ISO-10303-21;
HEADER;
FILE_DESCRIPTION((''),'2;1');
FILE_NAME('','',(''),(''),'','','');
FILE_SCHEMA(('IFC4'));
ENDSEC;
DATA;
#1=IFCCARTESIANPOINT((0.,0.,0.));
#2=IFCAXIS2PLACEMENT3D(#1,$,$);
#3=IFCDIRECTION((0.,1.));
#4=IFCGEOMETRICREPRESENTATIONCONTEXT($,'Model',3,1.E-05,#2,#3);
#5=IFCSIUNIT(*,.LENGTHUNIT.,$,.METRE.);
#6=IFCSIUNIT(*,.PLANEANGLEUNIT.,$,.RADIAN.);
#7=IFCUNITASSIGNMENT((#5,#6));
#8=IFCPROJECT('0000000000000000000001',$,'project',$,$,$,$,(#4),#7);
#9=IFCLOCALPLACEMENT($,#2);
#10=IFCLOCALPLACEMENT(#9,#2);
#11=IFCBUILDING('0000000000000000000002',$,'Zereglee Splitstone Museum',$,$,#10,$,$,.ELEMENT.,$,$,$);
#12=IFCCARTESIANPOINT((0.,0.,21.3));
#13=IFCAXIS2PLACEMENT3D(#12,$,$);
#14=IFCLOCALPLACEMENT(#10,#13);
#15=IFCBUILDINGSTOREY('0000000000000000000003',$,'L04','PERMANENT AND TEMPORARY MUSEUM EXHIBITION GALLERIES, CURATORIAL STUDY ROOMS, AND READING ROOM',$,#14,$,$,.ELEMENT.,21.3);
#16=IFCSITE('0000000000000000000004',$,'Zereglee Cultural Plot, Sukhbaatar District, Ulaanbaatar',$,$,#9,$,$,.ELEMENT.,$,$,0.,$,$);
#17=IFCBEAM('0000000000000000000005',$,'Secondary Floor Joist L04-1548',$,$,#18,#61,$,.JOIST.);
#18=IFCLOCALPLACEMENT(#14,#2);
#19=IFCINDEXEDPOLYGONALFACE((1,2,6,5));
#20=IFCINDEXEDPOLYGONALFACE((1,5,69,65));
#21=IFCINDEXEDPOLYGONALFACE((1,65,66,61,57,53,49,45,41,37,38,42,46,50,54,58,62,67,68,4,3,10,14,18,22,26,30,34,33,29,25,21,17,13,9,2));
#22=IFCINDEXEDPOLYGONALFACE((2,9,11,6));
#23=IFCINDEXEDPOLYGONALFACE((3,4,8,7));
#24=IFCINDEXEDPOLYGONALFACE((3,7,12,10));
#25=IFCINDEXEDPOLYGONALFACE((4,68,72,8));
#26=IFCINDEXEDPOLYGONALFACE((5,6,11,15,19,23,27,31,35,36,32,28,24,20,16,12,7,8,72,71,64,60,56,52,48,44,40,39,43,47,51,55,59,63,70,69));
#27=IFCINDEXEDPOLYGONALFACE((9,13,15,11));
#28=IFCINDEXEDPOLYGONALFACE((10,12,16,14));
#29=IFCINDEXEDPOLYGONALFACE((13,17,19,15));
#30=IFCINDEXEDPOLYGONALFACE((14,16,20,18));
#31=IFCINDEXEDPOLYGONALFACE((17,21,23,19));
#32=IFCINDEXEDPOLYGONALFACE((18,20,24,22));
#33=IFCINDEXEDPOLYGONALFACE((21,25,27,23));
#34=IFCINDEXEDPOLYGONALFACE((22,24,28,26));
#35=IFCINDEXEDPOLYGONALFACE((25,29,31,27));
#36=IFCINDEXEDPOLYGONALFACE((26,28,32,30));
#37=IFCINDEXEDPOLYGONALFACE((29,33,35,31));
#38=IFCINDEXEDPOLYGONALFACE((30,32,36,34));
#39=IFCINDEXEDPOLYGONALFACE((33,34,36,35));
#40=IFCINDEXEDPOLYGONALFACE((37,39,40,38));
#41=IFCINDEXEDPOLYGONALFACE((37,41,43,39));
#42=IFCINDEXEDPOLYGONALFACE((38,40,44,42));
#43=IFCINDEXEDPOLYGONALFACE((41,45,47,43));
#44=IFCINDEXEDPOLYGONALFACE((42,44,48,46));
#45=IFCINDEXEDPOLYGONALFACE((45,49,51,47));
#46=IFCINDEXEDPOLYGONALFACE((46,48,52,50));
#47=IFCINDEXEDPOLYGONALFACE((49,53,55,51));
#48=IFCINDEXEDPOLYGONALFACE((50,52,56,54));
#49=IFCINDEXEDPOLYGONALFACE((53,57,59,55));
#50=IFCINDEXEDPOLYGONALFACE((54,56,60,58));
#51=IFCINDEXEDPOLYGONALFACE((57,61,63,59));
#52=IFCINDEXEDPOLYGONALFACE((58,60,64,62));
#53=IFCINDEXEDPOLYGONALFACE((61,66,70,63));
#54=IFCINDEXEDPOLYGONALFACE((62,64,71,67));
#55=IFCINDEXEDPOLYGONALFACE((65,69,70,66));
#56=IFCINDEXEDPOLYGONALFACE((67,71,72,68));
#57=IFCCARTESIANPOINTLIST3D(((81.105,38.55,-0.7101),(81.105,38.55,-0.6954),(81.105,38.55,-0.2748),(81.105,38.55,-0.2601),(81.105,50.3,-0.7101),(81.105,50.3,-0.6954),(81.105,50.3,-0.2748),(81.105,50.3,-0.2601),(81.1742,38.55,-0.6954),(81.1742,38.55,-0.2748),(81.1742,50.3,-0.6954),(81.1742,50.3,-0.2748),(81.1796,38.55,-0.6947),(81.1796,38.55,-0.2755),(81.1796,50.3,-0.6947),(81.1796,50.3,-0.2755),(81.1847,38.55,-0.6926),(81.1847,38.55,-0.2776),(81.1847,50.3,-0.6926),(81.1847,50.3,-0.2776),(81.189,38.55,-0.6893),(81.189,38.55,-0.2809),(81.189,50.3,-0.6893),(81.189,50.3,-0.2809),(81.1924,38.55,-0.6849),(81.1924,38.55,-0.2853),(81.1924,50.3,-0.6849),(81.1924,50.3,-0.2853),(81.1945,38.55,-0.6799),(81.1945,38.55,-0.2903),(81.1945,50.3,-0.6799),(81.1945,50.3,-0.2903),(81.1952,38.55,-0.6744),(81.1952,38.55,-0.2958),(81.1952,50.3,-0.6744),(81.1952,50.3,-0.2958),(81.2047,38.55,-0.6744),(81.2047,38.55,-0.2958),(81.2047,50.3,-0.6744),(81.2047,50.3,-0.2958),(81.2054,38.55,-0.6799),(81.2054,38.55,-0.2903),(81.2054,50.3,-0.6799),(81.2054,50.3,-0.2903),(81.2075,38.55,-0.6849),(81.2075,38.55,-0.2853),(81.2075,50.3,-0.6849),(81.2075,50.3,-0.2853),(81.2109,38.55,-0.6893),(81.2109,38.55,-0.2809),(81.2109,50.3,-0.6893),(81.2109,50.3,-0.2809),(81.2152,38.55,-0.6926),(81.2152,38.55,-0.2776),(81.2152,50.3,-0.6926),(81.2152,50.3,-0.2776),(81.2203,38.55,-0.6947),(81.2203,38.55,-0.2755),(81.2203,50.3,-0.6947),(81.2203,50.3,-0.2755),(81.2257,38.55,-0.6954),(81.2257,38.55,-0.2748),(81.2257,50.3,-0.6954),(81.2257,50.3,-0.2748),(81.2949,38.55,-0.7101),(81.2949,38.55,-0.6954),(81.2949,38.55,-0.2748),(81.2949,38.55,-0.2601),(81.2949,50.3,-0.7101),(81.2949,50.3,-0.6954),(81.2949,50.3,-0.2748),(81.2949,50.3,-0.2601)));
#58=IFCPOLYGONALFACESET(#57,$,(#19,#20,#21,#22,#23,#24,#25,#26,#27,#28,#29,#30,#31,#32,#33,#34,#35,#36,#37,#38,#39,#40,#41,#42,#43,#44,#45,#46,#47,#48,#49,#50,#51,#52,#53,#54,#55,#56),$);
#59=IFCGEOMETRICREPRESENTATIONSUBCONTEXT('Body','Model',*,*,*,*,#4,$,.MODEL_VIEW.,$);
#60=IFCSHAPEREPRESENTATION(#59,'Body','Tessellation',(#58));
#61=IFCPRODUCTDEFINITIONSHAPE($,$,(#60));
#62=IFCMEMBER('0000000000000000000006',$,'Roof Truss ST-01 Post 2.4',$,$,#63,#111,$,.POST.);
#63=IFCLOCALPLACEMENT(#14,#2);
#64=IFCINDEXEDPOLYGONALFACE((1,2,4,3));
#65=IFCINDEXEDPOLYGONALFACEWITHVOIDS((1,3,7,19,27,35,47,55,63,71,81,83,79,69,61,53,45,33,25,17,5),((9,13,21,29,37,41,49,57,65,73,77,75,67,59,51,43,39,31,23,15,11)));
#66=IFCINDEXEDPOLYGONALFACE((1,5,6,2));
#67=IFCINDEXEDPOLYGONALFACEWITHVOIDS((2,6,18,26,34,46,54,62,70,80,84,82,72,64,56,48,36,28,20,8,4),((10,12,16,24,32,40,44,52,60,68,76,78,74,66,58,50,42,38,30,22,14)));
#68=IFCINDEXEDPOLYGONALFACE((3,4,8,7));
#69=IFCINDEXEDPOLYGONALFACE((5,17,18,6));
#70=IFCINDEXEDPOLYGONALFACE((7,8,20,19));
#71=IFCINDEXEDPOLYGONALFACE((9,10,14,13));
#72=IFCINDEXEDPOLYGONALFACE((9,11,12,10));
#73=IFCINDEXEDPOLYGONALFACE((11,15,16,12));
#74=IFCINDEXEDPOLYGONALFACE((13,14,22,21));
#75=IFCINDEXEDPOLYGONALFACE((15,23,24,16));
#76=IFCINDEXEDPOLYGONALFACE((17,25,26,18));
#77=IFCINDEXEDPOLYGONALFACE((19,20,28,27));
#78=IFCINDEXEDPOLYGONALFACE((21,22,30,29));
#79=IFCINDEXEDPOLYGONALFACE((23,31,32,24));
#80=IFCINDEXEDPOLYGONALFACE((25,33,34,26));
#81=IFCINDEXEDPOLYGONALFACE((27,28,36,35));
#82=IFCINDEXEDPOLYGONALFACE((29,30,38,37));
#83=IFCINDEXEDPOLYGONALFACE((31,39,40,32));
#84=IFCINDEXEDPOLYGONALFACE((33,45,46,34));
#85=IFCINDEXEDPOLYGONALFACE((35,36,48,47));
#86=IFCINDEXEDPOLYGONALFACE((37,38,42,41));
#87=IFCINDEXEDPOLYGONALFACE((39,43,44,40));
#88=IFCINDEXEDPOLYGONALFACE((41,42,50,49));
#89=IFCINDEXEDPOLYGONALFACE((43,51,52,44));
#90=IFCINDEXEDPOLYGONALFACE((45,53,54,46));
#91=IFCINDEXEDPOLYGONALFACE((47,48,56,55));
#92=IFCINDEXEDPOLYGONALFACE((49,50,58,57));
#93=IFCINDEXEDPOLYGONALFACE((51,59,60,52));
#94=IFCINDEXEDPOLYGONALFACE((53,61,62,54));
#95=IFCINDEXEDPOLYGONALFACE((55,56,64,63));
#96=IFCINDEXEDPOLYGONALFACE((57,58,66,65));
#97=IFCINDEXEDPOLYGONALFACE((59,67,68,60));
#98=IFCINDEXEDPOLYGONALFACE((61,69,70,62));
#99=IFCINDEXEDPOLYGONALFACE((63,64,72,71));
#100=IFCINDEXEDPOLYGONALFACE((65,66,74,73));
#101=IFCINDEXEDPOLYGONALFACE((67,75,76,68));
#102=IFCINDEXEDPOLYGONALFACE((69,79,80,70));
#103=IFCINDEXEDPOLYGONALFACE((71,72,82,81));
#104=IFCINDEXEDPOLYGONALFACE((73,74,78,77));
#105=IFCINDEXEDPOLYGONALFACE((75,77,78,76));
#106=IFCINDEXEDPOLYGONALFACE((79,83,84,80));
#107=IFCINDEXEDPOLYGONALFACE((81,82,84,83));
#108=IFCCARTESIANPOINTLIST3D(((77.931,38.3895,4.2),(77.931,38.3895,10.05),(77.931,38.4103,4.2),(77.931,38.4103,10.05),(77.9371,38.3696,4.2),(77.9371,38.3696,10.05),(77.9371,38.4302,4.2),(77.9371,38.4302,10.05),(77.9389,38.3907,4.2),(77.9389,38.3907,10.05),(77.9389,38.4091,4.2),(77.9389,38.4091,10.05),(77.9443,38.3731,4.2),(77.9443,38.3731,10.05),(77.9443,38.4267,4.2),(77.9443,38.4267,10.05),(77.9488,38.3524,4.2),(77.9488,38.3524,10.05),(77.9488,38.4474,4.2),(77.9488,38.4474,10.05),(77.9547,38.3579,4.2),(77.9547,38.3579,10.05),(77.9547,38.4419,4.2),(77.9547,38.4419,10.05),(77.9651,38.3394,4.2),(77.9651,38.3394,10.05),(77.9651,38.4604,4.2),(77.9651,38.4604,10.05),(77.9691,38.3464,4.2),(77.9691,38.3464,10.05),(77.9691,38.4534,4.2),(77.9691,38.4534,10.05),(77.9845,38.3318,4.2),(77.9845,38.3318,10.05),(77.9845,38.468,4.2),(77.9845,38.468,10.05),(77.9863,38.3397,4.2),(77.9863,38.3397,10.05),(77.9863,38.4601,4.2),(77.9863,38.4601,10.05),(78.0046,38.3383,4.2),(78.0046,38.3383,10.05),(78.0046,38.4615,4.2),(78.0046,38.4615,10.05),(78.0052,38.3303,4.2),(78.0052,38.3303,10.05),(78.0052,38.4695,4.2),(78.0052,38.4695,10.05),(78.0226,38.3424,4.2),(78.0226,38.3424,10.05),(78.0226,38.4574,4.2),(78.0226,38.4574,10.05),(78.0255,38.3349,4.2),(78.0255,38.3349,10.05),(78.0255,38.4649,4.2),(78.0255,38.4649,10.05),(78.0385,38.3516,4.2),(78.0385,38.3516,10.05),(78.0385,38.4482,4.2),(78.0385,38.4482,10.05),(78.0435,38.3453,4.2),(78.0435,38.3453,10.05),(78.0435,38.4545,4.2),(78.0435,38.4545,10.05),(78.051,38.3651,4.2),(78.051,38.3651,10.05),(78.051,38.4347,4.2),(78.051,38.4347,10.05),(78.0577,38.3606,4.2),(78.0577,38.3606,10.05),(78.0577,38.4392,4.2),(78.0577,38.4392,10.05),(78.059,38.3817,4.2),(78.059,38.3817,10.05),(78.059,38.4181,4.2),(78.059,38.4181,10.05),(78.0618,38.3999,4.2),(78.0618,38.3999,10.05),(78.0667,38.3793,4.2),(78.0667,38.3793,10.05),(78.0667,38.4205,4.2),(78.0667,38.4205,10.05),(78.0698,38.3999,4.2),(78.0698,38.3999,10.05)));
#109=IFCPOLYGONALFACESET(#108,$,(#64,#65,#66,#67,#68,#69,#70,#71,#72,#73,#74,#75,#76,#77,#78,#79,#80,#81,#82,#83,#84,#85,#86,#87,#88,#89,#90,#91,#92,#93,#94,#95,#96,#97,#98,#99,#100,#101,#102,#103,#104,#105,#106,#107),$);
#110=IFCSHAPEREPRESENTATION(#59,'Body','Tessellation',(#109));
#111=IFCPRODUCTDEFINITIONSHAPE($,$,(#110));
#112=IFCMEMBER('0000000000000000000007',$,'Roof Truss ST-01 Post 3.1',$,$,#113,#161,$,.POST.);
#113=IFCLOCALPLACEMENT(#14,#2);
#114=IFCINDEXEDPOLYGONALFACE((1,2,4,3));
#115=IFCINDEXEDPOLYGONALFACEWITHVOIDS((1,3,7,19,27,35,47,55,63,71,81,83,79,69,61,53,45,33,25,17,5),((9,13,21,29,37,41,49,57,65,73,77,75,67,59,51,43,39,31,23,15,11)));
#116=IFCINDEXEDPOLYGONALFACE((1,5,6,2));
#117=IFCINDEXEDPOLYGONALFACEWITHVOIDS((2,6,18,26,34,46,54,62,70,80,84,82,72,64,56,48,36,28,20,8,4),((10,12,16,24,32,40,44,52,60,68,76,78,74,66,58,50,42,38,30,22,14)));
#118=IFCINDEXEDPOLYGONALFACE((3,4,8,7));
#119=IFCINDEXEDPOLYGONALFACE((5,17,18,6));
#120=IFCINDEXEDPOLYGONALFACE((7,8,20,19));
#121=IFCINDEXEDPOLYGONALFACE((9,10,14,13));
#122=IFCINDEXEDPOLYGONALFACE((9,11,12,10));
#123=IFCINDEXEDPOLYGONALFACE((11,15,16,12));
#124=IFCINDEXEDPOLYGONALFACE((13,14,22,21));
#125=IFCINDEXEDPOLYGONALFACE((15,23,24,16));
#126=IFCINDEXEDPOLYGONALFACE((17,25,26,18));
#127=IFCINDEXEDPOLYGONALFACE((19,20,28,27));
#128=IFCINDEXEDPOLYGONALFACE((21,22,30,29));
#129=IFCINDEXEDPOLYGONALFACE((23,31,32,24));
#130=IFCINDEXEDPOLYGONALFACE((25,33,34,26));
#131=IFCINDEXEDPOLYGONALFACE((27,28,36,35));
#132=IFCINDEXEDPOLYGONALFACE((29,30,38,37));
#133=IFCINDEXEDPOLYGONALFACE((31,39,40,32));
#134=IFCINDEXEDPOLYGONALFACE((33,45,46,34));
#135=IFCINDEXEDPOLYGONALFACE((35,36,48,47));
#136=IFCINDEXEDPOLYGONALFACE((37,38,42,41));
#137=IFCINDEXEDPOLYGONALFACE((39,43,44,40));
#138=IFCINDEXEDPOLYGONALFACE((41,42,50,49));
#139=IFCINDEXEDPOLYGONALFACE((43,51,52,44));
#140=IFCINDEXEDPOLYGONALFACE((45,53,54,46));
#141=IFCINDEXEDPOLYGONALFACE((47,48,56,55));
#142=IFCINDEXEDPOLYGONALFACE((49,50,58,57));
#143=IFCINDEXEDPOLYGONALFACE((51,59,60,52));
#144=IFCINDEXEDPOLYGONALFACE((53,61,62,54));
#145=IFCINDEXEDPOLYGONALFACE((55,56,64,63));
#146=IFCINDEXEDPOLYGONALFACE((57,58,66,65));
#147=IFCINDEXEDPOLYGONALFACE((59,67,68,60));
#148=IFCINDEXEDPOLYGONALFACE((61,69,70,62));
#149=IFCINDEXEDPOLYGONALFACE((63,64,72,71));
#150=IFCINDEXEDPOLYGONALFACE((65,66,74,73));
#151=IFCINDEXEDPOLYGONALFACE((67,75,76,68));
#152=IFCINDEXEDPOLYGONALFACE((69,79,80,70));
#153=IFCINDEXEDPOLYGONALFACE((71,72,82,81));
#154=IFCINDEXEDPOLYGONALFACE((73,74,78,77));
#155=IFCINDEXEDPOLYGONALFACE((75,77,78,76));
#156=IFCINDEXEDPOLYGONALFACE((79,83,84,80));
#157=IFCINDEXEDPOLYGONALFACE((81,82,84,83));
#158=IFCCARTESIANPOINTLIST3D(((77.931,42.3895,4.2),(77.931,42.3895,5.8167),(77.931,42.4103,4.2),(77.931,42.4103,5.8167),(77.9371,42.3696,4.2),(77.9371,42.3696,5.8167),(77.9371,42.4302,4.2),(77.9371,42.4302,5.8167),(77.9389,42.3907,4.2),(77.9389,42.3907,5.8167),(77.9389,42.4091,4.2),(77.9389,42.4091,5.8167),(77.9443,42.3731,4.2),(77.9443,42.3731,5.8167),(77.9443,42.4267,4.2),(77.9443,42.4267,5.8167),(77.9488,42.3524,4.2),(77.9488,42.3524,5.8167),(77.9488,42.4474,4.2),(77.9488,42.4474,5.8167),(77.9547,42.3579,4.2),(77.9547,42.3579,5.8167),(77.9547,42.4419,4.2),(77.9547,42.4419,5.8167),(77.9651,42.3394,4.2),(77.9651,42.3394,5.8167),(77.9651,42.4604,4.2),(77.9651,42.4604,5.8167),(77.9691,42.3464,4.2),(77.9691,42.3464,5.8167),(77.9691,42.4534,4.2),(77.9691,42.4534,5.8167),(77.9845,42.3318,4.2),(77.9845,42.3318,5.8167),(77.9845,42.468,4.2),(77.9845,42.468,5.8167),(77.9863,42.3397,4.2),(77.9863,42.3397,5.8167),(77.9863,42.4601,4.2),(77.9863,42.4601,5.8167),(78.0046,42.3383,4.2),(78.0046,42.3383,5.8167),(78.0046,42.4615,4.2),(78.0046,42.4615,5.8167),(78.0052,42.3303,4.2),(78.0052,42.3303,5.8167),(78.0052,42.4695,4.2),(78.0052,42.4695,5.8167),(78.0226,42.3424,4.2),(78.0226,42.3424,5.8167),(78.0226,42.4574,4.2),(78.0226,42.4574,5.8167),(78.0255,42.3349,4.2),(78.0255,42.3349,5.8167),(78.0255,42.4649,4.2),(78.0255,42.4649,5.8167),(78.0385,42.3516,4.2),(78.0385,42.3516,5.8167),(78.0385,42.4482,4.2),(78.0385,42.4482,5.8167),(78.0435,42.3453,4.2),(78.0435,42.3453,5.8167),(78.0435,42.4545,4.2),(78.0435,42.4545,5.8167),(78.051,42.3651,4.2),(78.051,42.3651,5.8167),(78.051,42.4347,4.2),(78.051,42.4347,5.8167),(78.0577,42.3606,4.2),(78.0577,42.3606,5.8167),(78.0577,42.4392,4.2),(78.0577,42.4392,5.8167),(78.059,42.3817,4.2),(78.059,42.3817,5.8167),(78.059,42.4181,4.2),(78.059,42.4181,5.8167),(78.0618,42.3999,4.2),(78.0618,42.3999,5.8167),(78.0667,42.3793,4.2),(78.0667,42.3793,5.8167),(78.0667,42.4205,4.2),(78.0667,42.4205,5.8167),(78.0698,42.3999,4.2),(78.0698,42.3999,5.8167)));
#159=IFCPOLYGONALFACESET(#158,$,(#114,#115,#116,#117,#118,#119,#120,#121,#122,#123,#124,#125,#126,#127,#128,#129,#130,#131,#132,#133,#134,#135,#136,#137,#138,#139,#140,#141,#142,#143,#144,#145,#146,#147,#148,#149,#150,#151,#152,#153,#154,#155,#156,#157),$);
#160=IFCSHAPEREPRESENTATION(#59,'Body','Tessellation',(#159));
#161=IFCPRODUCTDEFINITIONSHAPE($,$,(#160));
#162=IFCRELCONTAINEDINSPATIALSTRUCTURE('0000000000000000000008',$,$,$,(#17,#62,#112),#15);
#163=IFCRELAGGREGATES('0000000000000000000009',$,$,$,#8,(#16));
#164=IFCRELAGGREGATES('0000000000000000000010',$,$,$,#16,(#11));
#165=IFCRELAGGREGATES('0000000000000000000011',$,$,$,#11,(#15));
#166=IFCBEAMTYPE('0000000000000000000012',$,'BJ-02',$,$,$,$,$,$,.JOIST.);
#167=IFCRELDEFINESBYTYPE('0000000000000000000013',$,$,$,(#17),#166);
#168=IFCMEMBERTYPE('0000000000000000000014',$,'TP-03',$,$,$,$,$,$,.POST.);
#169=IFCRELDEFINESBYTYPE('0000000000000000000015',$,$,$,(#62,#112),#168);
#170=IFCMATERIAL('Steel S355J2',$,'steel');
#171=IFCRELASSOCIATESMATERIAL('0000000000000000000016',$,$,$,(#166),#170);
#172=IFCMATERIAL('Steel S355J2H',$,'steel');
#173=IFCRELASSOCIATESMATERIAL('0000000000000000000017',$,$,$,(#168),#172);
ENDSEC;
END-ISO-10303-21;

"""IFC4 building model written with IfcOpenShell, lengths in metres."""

from ifc_helpers import new_model, si_unit, direction, frame, origin, origin_2d, place, context, subcontext, project, spatial, hollow_circle, i_section, extrude, material, material_profile, profile_set, type_object, element, save


model = new_model("IFC4")

# Units and contexts
model_context = context("Model", 3, precision=1e-05, world=origin(), true_north=direction((0.0, 1.0)))
body_context = subcontext(model_context, "Body", "Model", "MODEL_VIEW")
ifc_project = project(units=[si_unit("LENGTHUNIT", "METRE"), si_unit("PLANEANGLEUNIT", "RADIAN")], contexts=[model_context])

# Site, building, storey
site_placement = place(None, origin())
site = spatial("IfcSite", under=ifc_project, at=site_placement, Name="Zereglee Cultural Plot, Sukhbaatar District, Ulaanbaatar", CompositionType="ELEMENT", RefElevation=0.0)
building_placement = place(site_placement, origin())
building = spatial("IfcBuilding", under=site, at=building_placement, Name="Zereglee Splitstone Museum", CompositionType="ELEMENT")
storey_placement = place(building_placement, frame((0.0, 0.0, 21.3)))
storey = spatial("IfcBuildingStorey", under=building, at=storey_placement, Name="L04", Description="PERMANENT AND TEMPORARY MUSEUM EXHIBITION GALLERIES, CURATORIAL STUDY ROOMS, AND READING ROOM", CompositionType="ELEMENT", Elevation=21.3)

# Shared definitions
ifc_material_1 = material(Name="Steel S355J2", Category="steel")

# Shared definitions
ifc_material_2 = material(Name="Steel S355J2H", Category="steel")

# Beam
ifc_material_profile_1 = material_profile(ifc_material_1, i_section(OverallWidth=0.1899, OverallDepth=0.45, WebThickness=0.0095, FlangeThickness=0.0146, FilletRadius=0.021, at=origin_2d()), Name="IPE 450")
ifc_profile_set_1 = profile_set([ifc_material_profile_1], Name="Steel S355J2")
beam_type_1 = type_object("IfcBeamType", Name="BJ-02", PredefinedType="JOIST", material=ifc_profile_set_1)
beam_1_placement = place(storey_placement, frame((81.2, 38.55, -0.4851), z_axis=(0.0, 1.0, 0.0), x_axis=(-1.0, 0.0, 0.0)))
element("IfcBeam", 1, at=beam_1_placement, inside=storey, type_object=beam_type_1, Name="Secondary Floor Joist L04-1548", PredefinedType="JOIST", context=body_context, shape_type="SweptSolid", body=[
    extrude(i_section(OverallWidth=0.1899, OverallDepth=0.45, WebThickness=0.0095, FlangeThickness=0.0146, FilletRadius=0.021, at=origin_2d()), origin(), (0.0, 0.0, 1.0), 11.75),
])

# Members
ifc_material_profile_2 = material_profile(ifc_material_2, hollow_circle(Radius=0.0698, WallThickness=0.0081, at=origin_2d()), Name="CHS 139.7x8")
ifc_profile_set_2 = profile_set([ifc_material_profile_2], Name="Steel S355J2H")
member_type_1 = type_object("IfcMemberType", Name="TP-03", PredefinedType="POST", material=ifc_profile_set_2)
member_1_placement = place(storey_placement, frame((78.0, 38.3999, 4.2), z_axis=(0.0, 0.0, 1.0), x_axis=(1.0, 0.0, 0.0)))
element("IfcMember", 2, at=member_1_placement, inside=storey, type_object=member_type_1, Name="Roof Truss ST-01 Post 2.4", PredefinedType="POST", context=body_context, shape_type="SweptSolid", body=[
    extrude(hollow_circle(Radius=0.0698, WallThickness=0.0081, at=origin_2d()), origin(), (0.0, 0.0, 1.0), 5.8501),
])
member_2_placement = place(storey_placement, frame((78.0, 42.3999, 4.2), z_axis=(0.0, 0.0, 1.0), x_axis=(1.0, 0.0, 0.0)))
element("IfcMember", 3, at=member_2_placement, inside=storey, type_object=member_type_1, Name="Roof Truss ST-01 Post 3.1", PredefinedType="POST", context=body_context, shape_type="SweptSolid", body=[
    extrude(hollow_circle(Radius=0.0698, WallThickness=0.0081, at=origin_2d()), origin(), (0.0, 0.0, 1.0), 1.6167),
])

save(model, "model.ifc")
